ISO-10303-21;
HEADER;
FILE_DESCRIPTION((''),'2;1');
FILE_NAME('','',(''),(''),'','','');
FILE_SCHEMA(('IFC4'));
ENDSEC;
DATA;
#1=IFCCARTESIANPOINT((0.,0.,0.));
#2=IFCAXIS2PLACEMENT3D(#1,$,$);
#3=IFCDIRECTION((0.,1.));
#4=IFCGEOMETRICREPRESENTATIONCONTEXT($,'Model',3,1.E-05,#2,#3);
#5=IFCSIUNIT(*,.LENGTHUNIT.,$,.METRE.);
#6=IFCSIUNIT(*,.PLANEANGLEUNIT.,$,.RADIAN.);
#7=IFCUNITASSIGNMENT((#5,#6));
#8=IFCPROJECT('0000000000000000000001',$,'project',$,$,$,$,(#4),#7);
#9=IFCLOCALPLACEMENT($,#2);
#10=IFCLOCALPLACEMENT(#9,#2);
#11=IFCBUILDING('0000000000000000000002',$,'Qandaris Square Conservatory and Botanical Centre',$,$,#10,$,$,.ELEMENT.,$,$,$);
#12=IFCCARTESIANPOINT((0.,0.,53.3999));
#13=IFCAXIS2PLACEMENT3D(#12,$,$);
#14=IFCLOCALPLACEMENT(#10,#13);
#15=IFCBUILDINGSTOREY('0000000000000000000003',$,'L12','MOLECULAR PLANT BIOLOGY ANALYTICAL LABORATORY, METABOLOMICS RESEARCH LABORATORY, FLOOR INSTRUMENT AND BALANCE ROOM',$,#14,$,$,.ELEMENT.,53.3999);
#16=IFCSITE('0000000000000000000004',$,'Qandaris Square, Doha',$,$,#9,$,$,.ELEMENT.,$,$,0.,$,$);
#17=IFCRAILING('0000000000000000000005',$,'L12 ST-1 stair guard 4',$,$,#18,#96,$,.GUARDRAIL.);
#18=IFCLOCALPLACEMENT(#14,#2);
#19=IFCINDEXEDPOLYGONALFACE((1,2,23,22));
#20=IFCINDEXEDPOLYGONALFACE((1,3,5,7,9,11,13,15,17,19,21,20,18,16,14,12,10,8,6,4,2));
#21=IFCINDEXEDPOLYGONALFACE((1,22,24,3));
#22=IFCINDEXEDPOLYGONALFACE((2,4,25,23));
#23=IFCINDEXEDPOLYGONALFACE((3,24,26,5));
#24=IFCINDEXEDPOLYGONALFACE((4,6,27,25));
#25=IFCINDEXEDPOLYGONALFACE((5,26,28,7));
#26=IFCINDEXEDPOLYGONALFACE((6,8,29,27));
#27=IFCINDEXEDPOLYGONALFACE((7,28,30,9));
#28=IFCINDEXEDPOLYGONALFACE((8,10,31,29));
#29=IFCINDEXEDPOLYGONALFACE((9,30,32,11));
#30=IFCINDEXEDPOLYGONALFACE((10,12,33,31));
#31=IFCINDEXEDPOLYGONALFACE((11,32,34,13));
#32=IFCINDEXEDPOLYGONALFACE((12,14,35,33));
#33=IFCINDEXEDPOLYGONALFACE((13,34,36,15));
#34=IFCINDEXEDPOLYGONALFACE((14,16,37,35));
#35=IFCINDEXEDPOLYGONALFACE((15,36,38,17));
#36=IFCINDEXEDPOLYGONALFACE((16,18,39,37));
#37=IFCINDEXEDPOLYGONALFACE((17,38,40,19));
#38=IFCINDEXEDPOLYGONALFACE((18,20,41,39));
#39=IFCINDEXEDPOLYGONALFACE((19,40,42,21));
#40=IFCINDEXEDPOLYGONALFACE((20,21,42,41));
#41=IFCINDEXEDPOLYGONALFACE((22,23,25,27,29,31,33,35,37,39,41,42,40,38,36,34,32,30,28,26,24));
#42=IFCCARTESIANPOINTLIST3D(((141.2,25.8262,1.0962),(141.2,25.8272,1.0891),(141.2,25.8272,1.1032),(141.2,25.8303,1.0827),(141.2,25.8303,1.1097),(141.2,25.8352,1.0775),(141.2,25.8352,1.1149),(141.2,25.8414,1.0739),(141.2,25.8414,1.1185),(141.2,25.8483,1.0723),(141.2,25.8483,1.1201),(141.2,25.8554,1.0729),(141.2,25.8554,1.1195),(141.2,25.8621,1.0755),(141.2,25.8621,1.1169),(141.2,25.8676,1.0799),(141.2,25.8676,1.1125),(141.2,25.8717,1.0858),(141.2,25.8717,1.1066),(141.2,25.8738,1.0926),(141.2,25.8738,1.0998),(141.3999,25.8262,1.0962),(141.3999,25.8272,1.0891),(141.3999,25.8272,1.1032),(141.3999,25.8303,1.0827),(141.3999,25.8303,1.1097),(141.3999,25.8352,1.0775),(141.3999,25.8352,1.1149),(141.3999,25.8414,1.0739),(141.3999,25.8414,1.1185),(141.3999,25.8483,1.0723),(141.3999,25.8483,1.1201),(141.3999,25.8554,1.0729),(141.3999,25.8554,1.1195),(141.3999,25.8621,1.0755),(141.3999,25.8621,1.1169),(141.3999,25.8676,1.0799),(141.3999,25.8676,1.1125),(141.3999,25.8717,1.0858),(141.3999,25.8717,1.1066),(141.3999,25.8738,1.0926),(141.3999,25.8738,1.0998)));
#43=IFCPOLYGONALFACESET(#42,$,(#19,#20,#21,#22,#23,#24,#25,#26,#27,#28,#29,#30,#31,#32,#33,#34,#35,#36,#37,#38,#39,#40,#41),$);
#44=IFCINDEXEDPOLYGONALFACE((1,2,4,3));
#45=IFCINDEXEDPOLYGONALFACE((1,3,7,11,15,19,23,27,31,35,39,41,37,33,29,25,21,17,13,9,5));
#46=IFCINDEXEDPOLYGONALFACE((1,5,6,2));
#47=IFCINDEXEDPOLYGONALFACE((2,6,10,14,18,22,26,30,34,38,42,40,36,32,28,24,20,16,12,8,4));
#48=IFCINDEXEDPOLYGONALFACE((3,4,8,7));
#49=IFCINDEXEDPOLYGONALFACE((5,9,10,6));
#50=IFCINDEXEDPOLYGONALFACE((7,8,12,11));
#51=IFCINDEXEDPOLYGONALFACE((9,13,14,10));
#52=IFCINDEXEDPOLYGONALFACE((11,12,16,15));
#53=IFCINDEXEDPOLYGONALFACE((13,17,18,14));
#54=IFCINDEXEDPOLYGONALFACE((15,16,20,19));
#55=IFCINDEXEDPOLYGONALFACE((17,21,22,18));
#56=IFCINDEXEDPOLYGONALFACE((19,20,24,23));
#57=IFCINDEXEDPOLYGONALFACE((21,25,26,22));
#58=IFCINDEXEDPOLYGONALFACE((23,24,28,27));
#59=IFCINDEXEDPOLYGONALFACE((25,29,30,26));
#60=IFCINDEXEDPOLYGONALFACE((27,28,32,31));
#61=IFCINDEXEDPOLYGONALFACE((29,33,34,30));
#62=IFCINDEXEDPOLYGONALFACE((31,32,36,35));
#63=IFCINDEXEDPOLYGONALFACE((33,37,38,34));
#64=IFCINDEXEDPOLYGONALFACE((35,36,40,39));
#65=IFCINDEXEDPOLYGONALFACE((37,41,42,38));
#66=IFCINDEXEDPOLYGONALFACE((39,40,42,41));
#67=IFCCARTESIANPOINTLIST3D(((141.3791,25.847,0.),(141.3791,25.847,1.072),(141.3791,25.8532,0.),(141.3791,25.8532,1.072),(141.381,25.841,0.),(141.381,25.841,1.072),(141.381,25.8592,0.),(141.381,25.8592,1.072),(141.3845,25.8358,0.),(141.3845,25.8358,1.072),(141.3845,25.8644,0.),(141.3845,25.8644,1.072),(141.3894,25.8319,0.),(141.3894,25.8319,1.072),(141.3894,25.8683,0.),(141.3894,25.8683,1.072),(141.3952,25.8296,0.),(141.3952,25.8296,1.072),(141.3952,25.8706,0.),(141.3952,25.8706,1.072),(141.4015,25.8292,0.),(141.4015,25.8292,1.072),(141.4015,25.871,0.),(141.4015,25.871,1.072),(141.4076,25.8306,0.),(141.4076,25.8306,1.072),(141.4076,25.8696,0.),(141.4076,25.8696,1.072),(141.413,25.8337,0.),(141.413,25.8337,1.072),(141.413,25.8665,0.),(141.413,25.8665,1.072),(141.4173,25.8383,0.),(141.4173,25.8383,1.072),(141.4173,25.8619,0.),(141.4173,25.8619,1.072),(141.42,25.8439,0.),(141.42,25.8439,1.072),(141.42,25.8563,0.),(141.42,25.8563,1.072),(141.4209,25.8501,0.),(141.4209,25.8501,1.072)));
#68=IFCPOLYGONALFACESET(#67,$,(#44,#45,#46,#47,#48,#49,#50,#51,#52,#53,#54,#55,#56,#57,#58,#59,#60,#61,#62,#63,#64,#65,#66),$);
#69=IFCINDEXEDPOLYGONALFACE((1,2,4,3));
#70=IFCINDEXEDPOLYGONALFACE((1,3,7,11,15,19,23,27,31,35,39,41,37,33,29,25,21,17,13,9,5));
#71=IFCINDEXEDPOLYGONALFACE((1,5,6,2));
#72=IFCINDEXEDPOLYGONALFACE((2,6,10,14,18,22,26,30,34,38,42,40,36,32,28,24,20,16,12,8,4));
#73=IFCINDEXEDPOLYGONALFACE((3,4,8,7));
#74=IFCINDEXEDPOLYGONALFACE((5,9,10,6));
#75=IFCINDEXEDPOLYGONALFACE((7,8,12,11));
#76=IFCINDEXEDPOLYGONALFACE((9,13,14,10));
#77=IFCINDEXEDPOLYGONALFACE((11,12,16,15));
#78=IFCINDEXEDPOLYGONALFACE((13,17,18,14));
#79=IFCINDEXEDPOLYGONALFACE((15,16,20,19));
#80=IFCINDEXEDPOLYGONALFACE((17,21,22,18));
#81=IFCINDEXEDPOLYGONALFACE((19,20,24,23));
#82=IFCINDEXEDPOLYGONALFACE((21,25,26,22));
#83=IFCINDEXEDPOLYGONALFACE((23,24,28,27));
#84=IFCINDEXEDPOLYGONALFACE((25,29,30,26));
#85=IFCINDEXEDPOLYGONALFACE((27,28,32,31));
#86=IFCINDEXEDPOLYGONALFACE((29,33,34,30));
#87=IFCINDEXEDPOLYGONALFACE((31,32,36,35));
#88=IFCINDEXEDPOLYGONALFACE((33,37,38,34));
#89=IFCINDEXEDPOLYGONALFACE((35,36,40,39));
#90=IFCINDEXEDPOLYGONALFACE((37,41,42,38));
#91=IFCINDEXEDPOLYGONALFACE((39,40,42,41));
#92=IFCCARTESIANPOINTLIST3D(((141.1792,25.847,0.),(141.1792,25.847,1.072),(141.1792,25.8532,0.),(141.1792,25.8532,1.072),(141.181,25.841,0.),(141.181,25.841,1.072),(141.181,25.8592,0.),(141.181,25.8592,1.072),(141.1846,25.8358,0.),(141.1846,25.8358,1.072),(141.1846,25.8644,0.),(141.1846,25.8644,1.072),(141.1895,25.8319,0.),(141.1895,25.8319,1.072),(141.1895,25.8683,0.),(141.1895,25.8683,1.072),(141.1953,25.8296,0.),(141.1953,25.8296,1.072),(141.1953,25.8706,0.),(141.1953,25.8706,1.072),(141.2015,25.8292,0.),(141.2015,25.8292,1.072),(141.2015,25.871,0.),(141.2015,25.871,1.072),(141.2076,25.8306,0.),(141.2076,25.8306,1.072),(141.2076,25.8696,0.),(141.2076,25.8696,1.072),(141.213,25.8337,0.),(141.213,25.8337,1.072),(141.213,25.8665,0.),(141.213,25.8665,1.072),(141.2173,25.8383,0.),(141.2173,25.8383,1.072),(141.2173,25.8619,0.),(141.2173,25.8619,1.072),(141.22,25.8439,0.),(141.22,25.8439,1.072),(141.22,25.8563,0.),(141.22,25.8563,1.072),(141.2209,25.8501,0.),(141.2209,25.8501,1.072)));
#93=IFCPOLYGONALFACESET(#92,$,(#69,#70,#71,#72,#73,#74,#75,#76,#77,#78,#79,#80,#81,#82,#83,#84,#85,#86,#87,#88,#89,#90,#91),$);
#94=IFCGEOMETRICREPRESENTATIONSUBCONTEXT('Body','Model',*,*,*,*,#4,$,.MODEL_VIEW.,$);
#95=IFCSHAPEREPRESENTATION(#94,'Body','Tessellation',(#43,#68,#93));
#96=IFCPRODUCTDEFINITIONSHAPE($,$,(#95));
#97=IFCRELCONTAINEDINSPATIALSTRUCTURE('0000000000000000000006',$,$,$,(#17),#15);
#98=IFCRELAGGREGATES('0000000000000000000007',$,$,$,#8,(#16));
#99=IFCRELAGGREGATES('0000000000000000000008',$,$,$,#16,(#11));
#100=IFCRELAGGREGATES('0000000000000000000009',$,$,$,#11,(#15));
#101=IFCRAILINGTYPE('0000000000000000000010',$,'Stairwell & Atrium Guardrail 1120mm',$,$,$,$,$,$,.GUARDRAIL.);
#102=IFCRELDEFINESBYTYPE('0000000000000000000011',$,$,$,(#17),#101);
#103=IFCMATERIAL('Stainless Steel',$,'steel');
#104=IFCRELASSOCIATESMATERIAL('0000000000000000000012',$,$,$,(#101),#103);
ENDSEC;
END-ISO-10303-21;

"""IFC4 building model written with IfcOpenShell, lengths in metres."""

from ifc_helpers import new_model, si_unit, direction, frame, origin, origin_2d, place, context, subcontext, project, spatial, circle, extrude, material, type_object, element, save


model = new_model("IFC4")

# Units and contexts
model_context = context("Model", 3, precision=1e-05, world=origin(), true_north=direction((0.0, 1.0)))
body_context = subcontext(model_context, "Body", "Model", "MODEL_VIEW")
ifc_project = project(units=[si_unit("LENGTHUNIT", "METRE"), si_unit("PLANEANGLEUNIT", "RADIAN")], contexts=[model_context])

# Site, building, storey
site_placement = place(None, origin())
site = spatial("IfcSite", under=ifc_project, at=site_placement, Name="Qandaris Square, Doha", CompositionType="ELEMENT", RefElevation=0.0)
building_placement = place(site_placement, origin())
building = spatial("IfcBuilding", under=site, at=building_placement, Name="Qandaris Square Conservatory and Botanical Centre", CompositionType="ELEMENT")
storey_placement = place(building_placement, frame((0.0, 0.0, 53.3999)))
storey = spatial("IfcBuildingStorey", under=building, at=storey_placement, Name="L12", Description="MOLECULAR PLANT BIOLOGY ANALYTICAL LABORATORY, METABOLOMICS RESEARCH LABORATORY, FLOOR INSTRUMENT AND BALANCE ROOM", CompositionType="ELEMENT", Elevation=53.3999)

# Railing
ifc_material_1 = material(Name="Stainless Steel", Category="steel")
railing_type_1 = type_object("IfcRailingType", Name="Stairwell & Atrium Guardrail 1120mm", PredefinedType="GUARDRAIL", material=ifc_material_1)
railing_1_placement = place(storey_placement, frame((141.3999, 25.8501, 0.0)))
element("IfcRailing", 1, at=railing_1_placement, inside=storey, type_object=railing_type_1, Name="L12 ST-1 stair guard 4", PredefinedType="GUARDRAIL", context=body_context, shape_type="SweptSolid", body=[
    extrude(circle(Radius=0.0239, at=origin_2d()), frame((0.0, 0.0, 1.0962), z_axis=(-1.0, 0.0, 0.0), x_axis=(0.0, -1.0, 0.0)), (0.0, 0.0, 1.0), 0.2),
    extrude(circle(Radius=0.021, at=origin_2d()), origin(), (0.0, 0.0, 1.0), 1.072),
    extrude(circle(Radius=0.021, at=origin_2d()), frame((-0.2, 0.0, 0.0)), (0.0, 0.0, 1.0), 1.072),
])

save(model, "model.ifc")
